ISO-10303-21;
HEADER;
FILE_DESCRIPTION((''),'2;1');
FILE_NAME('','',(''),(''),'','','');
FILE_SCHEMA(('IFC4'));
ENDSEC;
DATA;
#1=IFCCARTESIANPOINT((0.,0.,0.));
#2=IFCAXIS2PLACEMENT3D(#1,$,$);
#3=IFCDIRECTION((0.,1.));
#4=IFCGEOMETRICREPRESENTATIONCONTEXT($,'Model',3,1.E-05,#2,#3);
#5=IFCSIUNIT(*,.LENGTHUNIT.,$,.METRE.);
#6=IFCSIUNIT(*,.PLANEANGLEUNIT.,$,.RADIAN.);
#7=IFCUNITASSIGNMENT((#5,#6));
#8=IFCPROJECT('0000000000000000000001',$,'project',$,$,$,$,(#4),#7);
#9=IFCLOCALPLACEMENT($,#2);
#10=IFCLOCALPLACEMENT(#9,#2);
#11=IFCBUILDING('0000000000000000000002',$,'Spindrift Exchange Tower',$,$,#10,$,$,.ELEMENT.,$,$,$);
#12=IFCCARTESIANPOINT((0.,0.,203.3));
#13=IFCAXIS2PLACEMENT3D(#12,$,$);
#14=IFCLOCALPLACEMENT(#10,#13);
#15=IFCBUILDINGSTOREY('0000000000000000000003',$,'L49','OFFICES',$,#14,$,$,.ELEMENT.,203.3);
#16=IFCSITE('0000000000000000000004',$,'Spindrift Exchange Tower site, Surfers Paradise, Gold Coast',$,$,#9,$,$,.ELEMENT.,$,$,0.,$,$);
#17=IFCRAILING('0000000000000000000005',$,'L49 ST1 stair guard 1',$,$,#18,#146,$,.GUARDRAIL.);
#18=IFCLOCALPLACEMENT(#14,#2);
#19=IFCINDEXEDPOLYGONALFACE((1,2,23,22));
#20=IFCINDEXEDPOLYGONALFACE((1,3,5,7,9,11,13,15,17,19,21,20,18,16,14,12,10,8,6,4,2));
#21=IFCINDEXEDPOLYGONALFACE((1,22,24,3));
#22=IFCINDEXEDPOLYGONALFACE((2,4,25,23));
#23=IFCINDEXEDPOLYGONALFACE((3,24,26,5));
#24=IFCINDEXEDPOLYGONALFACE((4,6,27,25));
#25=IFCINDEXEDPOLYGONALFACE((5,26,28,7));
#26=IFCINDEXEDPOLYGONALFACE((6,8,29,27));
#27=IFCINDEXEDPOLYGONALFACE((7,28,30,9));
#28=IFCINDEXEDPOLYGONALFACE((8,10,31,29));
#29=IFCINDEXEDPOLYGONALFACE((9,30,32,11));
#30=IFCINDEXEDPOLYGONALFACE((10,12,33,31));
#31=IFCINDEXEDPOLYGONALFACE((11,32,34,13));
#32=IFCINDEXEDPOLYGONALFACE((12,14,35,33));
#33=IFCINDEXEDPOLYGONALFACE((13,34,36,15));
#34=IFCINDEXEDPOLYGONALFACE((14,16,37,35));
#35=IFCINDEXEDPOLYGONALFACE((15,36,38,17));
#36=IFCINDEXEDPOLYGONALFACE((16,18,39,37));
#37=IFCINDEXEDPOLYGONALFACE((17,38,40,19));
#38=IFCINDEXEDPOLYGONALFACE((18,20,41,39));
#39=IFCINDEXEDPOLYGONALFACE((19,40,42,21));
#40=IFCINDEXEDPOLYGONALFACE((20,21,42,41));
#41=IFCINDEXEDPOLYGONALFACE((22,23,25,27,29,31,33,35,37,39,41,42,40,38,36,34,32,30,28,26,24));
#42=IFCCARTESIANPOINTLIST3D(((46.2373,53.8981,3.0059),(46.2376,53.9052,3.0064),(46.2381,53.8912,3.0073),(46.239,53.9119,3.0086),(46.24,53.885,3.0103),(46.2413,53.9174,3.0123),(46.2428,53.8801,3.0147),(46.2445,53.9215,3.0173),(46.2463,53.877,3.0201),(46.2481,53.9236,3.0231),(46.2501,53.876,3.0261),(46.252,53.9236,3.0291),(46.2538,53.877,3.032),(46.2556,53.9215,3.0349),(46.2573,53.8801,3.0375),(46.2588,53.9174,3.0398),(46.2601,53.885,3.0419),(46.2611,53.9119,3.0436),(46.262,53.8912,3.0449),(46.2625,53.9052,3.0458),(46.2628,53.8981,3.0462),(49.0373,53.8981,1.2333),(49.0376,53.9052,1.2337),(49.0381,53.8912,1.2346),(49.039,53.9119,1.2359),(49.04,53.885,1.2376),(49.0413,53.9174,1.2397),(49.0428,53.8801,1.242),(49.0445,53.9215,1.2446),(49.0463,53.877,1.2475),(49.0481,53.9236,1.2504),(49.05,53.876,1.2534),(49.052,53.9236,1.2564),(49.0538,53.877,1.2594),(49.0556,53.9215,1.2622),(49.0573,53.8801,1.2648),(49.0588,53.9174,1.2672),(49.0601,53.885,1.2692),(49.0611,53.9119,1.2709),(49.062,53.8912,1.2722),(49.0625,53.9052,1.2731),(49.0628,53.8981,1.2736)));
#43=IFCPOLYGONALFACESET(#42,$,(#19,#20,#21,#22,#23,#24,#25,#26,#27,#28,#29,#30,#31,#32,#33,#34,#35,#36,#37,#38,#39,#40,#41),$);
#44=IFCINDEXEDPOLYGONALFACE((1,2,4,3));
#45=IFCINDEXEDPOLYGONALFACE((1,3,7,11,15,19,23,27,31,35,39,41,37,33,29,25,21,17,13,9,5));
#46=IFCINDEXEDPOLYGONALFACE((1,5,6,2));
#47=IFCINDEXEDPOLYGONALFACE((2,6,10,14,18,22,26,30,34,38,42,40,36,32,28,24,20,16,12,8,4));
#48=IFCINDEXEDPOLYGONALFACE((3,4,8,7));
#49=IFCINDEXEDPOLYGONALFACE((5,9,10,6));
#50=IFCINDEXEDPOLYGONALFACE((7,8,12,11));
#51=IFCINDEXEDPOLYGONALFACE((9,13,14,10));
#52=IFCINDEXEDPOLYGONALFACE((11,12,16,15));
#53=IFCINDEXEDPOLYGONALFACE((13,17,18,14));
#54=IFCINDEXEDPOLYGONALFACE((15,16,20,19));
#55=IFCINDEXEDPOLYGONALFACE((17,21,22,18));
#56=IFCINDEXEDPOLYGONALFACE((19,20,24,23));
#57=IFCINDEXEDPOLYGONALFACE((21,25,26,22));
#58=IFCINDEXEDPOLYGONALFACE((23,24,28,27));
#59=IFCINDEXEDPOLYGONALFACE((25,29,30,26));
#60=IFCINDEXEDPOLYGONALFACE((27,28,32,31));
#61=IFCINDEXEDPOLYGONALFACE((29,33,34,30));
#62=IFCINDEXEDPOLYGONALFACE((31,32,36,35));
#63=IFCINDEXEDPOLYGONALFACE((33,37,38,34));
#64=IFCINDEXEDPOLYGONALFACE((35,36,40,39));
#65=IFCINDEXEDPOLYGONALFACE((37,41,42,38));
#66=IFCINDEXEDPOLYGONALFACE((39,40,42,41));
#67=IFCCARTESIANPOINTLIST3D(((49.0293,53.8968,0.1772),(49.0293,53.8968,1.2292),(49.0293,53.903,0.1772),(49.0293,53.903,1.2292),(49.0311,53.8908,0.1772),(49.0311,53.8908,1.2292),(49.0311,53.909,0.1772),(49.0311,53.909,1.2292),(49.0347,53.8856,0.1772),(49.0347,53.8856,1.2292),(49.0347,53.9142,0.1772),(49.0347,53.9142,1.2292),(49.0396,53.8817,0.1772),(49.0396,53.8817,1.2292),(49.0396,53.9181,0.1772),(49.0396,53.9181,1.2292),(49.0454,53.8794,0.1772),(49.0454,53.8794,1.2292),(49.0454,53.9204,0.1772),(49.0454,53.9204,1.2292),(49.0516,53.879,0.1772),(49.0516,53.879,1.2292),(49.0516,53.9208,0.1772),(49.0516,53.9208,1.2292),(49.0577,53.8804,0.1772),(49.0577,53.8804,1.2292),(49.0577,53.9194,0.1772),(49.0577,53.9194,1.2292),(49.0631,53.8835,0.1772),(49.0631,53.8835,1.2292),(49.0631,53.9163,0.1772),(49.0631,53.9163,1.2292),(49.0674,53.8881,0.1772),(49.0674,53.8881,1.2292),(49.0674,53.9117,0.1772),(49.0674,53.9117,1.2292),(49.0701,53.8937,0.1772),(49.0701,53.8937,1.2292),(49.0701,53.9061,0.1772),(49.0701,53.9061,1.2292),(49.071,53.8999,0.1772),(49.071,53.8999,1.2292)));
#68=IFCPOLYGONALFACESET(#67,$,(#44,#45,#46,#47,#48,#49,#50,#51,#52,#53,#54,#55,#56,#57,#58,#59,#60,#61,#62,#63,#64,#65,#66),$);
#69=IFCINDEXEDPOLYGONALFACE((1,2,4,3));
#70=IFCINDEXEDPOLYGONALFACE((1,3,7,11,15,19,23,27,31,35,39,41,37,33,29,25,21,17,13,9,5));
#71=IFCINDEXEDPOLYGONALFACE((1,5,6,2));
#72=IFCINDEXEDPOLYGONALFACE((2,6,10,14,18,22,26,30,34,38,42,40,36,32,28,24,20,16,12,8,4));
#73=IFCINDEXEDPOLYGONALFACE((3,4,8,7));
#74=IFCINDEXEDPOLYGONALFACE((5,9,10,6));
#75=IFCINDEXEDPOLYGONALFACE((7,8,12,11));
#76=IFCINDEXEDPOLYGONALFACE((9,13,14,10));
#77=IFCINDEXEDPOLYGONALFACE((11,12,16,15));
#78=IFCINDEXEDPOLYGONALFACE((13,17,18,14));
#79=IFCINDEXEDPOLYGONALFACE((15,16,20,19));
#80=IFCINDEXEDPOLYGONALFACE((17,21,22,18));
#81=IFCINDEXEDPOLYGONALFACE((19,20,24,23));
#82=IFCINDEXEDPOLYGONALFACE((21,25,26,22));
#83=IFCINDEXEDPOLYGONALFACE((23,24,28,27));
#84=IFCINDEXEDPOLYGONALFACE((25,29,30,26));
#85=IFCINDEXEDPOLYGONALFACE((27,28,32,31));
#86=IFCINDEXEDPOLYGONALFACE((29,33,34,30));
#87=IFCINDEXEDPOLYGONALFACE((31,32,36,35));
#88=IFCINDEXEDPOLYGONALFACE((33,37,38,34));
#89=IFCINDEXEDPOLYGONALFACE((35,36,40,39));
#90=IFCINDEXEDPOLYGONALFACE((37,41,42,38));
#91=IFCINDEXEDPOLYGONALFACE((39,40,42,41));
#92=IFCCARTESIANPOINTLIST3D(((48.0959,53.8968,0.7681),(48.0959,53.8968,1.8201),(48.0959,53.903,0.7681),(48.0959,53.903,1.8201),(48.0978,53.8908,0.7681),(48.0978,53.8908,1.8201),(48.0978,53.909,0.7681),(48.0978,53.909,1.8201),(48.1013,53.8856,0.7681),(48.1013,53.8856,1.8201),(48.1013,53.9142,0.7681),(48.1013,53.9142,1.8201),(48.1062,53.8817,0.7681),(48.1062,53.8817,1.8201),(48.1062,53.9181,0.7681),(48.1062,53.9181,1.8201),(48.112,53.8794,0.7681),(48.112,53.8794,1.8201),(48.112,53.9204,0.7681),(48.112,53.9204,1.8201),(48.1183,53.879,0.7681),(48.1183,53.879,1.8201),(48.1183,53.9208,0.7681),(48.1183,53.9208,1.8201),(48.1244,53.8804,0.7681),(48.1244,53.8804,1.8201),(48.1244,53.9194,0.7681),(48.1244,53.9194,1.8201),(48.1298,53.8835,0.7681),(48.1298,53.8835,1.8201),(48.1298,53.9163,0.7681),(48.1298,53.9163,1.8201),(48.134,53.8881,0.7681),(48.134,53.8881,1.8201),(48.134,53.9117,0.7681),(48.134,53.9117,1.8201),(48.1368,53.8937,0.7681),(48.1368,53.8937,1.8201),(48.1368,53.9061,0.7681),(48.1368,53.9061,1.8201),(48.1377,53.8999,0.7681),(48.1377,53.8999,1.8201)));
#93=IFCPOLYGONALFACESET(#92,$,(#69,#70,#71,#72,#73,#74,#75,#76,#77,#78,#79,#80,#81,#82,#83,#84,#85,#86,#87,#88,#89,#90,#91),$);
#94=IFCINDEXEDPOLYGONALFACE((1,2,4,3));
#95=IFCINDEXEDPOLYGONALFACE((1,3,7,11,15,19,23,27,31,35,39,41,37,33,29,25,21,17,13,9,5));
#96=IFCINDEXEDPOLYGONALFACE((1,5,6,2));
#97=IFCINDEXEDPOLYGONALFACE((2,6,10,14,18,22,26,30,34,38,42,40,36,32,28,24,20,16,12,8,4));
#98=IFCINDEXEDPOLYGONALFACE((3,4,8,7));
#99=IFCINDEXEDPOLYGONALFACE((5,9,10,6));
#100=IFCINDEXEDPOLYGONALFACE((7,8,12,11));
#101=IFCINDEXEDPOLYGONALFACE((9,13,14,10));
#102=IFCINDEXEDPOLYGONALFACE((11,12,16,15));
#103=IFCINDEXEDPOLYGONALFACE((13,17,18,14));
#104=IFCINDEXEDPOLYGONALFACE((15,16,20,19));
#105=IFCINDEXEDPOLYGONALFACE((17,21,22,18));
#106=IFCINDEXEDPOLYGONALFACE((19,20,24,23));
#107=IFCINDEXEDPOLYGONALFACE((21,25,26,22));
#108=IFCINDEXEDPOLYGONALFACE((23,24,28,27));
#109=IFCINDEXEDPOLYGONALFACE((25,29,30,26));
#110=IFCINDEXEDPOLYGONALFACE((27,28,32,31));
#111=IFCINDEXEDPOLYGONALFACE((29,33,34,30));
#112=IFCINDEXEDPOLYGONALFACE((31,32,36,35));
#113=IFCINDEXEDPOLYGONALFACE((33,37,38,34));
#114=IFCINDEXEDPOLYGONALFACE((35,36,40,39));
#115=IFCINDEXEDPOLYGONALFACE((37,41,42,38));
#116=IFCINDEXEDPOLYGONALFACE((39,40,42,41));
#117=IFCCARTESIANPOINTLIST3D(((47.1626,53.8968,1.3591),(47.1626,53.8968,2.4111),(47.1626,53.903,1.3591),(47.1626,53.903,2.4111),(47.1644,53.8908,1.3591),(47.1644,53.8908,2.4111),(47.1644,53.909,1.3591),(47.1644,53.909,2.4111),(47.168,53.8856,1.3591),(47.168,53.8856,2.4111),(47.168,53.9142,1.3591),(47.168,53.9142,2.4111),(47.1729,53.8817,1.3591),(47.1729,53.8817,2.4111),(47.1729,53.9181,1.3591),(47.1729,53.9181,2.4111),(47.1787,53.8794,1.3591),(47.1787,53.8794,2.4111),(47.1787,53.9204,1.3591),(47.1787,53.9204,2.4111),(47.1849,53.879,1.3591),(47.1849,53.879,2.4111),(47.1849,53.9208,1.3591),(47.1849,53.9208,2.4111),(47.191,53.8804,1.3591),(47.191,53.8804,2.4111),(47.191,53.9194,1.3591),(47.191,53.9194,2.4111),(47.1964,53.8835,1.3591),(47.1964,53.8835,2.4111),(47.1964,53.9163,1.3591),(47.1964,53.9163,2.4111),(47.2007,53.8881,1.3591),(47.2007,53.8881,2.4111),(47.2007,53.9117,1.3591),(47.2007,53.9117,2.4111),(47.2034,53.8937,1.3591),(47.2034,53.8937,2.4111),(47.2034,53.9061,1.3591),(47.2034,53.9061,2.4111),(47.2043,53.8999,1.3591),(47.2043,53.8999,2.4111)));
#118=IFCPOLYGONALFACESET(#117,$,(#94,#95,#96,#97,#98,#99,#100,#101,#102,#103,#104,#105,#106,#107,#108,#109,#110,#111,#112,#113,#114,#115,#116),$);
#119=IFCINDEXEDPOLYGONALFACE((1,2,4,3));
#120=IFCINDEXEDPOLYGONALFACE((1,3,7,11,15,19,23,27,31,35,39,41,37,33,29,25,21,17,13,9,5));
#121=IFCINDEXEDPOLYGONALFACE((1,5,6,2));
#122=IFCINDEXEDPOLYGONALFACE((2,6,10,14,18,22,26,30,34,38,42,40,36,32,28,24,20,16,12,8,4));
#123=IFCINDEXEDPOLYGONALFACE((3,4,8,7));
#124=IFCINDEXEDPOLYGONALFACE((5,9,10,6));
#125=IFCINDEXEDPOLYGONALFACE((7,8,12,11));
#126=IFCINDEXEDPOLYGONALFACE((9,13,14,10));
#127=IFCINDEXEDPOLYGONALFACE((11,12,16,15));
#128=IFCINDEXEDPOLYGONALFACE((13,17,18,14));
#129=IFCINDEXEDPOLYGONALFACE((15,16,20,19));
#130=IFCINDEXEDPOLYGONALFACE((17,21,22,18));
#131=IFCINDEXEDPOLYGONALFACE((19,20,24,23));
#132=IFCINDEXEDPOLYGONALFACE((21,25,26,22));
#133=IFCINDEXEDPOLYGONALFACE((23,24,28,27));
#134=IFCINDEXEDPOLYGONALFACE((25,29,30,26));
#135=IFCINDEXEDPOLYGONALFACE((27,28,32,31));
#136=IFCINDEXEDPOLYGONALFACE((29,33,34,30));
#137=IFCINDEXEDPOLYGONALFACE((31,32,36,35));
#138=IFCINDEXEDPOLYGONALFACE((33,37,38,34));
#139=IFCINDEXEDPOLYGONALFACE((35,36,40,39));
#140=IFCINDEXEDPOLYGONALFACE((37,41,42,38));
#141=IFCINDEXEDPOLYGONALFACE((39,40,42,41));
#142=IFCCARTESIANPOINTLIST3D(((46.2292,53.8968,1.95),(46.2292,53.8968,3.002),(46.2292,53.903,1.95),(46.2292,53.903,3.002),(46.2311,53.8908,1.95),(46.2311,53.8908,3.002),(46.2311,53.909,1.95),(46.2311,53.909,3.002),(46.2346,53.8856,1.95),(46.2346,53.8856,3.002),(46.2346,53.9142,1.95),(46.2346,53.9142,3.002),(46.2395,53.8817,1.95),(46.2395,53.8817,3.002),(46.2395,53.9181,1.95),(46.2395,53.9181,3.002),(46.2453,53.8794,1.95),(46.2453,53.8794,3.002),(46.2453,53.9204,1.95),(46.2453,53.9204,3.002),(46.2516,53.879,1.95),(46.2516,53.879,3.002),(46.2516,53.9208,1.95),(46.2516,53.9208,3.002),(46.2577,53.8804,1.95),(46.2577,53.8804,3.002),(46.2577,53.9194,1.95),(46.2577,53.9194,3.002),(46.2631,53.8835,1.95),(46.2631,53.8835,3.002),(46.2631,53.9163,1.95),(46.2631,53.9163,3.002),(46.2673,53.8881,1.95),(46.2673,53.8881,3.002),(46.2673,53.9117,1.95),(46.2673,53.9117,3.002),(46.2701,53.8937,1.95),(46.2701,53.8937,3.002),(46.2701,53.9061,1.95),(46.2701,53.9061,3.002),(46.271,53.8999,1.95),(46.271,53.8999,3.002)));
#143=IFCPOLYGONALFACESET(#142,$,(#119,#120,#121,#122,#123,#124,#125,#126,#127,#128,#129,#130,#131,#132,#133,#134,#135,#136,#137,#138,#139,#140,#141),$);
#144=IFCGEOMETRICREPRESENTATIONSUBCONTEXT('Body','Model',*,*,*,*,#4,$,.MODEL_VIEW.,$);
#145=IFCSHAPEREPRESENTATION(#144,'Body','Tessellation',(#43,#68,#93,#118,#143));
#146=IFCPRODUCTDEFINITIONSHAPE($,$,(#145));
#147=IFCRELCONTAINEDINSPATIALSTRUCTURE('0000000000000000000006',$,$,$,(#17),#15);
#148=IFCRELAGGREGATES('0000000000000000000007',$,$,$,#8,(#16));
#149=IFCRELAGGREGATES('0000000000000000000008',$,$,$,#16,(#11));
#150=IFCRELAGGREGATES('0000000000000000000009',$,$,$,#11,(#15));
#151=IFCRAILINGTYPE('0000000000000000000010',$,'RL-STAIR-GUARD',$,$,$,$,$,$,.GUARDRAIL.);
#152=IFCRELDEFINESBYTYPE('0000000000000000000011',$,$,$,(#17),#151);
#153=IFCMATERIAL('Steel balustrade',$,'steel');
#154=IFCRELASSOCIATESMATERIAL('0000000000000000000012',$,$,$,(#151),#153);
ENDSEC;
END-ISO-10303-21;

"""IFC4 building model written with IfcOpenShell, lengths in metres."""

from ifc_helpers import new_model, si_unit, direction, frame, origin, origin_2d, place, context, subcontext, project, spatial, circle, extrude, material, type_object, element, save


model = new_model("IFC4")

# Units and contexts
model_context = context("Model", 3, precision=1e-05, world=origin(), true_north=direction((0.0, 1.0)))
body_context = subcontext(model_context, "Body", "Model", "MODEL_VIEW")
ifc_project = project(units=[si_unit("LENGTHUNIT", "METRE"), si_unit("PLANEANGLEUNIT", "RADIAN")], contexts=[model_context])

# Site, building, storey
site_placement = place(None, origin())
site = spatial("IfcSite", under=ifc_project, at=site_placement, Name="Spindrift Exchange Tower site, Surfers Paradise, Gold Coast", CompositionType="ELEMENT", RefElevation=0.0)
building_placement = place(site_placement, origin())
building = spatial("IfcBuilding", under=site, at=building_placement, Name="Spindrift Exchange Tower", CompositionType="ELEMENT")
storey_placement = place(building_placement, frame((0.0, 0.0, 203.3)))
storey = spatial("IfcBuildingStorey", under=building, at=storey_placement, Name="L49", Description="OFFICES", CompositionType="ELEMENT", Elevation=203.3)

# Railing
ifc_material_1 = material(Name="Steel balustrade", Category="steel")
railing_type_1 = type_object("IfcRailingType", Name="RL-STAIR-GUARD", PredefinedType="GUARDRAIL", material=ifc_material_1)
railing_1_placement = place(storey_placement, frame((49.05, 53.8999, 0.1772)))
element("IfcRailing", 1, at=railing_1_placement, inside=storey, type_object=railing_type_1, Name="L49 ST1 stair guard 1", PredefinedType="GUARDRAIL", context=body_context, shape_type="SweptSolid", body=[
    extrude(circle(Radius=0.0239, at=origin_2d()), frame((0.0, 0.0, 1.0762), z_axis=(-0.844909, 0.0, 0.53491), x_axis=(0.0, -1.0, 0.0)), (0.0, 0.0, 1.0), 3.314),
    extrude(circle(Radius=0.021, at=origin_2d()), origin(), (0.0, 0.0, 1.0), 1.052),
    extrude(circle(Radius=0.021, at=origin_2d()), frame((-0.9333, 0.0, 0.5908)), (0.0, 0.0, 1.0), 1.052),
    extrude(circle(Radius=0.021, at=origin_2d()), frame((-1.8667, 0.0, 1.1819)), (0.0, 0.0, 1.0), 1.052),
    extrude(circle(Radius=0.021, at=origin_2d()), frame((-2.8, 0.0, 1.7727)), (0.0, 0.0, 1.0), 1.052),
])

save(model, "model.ifc")
